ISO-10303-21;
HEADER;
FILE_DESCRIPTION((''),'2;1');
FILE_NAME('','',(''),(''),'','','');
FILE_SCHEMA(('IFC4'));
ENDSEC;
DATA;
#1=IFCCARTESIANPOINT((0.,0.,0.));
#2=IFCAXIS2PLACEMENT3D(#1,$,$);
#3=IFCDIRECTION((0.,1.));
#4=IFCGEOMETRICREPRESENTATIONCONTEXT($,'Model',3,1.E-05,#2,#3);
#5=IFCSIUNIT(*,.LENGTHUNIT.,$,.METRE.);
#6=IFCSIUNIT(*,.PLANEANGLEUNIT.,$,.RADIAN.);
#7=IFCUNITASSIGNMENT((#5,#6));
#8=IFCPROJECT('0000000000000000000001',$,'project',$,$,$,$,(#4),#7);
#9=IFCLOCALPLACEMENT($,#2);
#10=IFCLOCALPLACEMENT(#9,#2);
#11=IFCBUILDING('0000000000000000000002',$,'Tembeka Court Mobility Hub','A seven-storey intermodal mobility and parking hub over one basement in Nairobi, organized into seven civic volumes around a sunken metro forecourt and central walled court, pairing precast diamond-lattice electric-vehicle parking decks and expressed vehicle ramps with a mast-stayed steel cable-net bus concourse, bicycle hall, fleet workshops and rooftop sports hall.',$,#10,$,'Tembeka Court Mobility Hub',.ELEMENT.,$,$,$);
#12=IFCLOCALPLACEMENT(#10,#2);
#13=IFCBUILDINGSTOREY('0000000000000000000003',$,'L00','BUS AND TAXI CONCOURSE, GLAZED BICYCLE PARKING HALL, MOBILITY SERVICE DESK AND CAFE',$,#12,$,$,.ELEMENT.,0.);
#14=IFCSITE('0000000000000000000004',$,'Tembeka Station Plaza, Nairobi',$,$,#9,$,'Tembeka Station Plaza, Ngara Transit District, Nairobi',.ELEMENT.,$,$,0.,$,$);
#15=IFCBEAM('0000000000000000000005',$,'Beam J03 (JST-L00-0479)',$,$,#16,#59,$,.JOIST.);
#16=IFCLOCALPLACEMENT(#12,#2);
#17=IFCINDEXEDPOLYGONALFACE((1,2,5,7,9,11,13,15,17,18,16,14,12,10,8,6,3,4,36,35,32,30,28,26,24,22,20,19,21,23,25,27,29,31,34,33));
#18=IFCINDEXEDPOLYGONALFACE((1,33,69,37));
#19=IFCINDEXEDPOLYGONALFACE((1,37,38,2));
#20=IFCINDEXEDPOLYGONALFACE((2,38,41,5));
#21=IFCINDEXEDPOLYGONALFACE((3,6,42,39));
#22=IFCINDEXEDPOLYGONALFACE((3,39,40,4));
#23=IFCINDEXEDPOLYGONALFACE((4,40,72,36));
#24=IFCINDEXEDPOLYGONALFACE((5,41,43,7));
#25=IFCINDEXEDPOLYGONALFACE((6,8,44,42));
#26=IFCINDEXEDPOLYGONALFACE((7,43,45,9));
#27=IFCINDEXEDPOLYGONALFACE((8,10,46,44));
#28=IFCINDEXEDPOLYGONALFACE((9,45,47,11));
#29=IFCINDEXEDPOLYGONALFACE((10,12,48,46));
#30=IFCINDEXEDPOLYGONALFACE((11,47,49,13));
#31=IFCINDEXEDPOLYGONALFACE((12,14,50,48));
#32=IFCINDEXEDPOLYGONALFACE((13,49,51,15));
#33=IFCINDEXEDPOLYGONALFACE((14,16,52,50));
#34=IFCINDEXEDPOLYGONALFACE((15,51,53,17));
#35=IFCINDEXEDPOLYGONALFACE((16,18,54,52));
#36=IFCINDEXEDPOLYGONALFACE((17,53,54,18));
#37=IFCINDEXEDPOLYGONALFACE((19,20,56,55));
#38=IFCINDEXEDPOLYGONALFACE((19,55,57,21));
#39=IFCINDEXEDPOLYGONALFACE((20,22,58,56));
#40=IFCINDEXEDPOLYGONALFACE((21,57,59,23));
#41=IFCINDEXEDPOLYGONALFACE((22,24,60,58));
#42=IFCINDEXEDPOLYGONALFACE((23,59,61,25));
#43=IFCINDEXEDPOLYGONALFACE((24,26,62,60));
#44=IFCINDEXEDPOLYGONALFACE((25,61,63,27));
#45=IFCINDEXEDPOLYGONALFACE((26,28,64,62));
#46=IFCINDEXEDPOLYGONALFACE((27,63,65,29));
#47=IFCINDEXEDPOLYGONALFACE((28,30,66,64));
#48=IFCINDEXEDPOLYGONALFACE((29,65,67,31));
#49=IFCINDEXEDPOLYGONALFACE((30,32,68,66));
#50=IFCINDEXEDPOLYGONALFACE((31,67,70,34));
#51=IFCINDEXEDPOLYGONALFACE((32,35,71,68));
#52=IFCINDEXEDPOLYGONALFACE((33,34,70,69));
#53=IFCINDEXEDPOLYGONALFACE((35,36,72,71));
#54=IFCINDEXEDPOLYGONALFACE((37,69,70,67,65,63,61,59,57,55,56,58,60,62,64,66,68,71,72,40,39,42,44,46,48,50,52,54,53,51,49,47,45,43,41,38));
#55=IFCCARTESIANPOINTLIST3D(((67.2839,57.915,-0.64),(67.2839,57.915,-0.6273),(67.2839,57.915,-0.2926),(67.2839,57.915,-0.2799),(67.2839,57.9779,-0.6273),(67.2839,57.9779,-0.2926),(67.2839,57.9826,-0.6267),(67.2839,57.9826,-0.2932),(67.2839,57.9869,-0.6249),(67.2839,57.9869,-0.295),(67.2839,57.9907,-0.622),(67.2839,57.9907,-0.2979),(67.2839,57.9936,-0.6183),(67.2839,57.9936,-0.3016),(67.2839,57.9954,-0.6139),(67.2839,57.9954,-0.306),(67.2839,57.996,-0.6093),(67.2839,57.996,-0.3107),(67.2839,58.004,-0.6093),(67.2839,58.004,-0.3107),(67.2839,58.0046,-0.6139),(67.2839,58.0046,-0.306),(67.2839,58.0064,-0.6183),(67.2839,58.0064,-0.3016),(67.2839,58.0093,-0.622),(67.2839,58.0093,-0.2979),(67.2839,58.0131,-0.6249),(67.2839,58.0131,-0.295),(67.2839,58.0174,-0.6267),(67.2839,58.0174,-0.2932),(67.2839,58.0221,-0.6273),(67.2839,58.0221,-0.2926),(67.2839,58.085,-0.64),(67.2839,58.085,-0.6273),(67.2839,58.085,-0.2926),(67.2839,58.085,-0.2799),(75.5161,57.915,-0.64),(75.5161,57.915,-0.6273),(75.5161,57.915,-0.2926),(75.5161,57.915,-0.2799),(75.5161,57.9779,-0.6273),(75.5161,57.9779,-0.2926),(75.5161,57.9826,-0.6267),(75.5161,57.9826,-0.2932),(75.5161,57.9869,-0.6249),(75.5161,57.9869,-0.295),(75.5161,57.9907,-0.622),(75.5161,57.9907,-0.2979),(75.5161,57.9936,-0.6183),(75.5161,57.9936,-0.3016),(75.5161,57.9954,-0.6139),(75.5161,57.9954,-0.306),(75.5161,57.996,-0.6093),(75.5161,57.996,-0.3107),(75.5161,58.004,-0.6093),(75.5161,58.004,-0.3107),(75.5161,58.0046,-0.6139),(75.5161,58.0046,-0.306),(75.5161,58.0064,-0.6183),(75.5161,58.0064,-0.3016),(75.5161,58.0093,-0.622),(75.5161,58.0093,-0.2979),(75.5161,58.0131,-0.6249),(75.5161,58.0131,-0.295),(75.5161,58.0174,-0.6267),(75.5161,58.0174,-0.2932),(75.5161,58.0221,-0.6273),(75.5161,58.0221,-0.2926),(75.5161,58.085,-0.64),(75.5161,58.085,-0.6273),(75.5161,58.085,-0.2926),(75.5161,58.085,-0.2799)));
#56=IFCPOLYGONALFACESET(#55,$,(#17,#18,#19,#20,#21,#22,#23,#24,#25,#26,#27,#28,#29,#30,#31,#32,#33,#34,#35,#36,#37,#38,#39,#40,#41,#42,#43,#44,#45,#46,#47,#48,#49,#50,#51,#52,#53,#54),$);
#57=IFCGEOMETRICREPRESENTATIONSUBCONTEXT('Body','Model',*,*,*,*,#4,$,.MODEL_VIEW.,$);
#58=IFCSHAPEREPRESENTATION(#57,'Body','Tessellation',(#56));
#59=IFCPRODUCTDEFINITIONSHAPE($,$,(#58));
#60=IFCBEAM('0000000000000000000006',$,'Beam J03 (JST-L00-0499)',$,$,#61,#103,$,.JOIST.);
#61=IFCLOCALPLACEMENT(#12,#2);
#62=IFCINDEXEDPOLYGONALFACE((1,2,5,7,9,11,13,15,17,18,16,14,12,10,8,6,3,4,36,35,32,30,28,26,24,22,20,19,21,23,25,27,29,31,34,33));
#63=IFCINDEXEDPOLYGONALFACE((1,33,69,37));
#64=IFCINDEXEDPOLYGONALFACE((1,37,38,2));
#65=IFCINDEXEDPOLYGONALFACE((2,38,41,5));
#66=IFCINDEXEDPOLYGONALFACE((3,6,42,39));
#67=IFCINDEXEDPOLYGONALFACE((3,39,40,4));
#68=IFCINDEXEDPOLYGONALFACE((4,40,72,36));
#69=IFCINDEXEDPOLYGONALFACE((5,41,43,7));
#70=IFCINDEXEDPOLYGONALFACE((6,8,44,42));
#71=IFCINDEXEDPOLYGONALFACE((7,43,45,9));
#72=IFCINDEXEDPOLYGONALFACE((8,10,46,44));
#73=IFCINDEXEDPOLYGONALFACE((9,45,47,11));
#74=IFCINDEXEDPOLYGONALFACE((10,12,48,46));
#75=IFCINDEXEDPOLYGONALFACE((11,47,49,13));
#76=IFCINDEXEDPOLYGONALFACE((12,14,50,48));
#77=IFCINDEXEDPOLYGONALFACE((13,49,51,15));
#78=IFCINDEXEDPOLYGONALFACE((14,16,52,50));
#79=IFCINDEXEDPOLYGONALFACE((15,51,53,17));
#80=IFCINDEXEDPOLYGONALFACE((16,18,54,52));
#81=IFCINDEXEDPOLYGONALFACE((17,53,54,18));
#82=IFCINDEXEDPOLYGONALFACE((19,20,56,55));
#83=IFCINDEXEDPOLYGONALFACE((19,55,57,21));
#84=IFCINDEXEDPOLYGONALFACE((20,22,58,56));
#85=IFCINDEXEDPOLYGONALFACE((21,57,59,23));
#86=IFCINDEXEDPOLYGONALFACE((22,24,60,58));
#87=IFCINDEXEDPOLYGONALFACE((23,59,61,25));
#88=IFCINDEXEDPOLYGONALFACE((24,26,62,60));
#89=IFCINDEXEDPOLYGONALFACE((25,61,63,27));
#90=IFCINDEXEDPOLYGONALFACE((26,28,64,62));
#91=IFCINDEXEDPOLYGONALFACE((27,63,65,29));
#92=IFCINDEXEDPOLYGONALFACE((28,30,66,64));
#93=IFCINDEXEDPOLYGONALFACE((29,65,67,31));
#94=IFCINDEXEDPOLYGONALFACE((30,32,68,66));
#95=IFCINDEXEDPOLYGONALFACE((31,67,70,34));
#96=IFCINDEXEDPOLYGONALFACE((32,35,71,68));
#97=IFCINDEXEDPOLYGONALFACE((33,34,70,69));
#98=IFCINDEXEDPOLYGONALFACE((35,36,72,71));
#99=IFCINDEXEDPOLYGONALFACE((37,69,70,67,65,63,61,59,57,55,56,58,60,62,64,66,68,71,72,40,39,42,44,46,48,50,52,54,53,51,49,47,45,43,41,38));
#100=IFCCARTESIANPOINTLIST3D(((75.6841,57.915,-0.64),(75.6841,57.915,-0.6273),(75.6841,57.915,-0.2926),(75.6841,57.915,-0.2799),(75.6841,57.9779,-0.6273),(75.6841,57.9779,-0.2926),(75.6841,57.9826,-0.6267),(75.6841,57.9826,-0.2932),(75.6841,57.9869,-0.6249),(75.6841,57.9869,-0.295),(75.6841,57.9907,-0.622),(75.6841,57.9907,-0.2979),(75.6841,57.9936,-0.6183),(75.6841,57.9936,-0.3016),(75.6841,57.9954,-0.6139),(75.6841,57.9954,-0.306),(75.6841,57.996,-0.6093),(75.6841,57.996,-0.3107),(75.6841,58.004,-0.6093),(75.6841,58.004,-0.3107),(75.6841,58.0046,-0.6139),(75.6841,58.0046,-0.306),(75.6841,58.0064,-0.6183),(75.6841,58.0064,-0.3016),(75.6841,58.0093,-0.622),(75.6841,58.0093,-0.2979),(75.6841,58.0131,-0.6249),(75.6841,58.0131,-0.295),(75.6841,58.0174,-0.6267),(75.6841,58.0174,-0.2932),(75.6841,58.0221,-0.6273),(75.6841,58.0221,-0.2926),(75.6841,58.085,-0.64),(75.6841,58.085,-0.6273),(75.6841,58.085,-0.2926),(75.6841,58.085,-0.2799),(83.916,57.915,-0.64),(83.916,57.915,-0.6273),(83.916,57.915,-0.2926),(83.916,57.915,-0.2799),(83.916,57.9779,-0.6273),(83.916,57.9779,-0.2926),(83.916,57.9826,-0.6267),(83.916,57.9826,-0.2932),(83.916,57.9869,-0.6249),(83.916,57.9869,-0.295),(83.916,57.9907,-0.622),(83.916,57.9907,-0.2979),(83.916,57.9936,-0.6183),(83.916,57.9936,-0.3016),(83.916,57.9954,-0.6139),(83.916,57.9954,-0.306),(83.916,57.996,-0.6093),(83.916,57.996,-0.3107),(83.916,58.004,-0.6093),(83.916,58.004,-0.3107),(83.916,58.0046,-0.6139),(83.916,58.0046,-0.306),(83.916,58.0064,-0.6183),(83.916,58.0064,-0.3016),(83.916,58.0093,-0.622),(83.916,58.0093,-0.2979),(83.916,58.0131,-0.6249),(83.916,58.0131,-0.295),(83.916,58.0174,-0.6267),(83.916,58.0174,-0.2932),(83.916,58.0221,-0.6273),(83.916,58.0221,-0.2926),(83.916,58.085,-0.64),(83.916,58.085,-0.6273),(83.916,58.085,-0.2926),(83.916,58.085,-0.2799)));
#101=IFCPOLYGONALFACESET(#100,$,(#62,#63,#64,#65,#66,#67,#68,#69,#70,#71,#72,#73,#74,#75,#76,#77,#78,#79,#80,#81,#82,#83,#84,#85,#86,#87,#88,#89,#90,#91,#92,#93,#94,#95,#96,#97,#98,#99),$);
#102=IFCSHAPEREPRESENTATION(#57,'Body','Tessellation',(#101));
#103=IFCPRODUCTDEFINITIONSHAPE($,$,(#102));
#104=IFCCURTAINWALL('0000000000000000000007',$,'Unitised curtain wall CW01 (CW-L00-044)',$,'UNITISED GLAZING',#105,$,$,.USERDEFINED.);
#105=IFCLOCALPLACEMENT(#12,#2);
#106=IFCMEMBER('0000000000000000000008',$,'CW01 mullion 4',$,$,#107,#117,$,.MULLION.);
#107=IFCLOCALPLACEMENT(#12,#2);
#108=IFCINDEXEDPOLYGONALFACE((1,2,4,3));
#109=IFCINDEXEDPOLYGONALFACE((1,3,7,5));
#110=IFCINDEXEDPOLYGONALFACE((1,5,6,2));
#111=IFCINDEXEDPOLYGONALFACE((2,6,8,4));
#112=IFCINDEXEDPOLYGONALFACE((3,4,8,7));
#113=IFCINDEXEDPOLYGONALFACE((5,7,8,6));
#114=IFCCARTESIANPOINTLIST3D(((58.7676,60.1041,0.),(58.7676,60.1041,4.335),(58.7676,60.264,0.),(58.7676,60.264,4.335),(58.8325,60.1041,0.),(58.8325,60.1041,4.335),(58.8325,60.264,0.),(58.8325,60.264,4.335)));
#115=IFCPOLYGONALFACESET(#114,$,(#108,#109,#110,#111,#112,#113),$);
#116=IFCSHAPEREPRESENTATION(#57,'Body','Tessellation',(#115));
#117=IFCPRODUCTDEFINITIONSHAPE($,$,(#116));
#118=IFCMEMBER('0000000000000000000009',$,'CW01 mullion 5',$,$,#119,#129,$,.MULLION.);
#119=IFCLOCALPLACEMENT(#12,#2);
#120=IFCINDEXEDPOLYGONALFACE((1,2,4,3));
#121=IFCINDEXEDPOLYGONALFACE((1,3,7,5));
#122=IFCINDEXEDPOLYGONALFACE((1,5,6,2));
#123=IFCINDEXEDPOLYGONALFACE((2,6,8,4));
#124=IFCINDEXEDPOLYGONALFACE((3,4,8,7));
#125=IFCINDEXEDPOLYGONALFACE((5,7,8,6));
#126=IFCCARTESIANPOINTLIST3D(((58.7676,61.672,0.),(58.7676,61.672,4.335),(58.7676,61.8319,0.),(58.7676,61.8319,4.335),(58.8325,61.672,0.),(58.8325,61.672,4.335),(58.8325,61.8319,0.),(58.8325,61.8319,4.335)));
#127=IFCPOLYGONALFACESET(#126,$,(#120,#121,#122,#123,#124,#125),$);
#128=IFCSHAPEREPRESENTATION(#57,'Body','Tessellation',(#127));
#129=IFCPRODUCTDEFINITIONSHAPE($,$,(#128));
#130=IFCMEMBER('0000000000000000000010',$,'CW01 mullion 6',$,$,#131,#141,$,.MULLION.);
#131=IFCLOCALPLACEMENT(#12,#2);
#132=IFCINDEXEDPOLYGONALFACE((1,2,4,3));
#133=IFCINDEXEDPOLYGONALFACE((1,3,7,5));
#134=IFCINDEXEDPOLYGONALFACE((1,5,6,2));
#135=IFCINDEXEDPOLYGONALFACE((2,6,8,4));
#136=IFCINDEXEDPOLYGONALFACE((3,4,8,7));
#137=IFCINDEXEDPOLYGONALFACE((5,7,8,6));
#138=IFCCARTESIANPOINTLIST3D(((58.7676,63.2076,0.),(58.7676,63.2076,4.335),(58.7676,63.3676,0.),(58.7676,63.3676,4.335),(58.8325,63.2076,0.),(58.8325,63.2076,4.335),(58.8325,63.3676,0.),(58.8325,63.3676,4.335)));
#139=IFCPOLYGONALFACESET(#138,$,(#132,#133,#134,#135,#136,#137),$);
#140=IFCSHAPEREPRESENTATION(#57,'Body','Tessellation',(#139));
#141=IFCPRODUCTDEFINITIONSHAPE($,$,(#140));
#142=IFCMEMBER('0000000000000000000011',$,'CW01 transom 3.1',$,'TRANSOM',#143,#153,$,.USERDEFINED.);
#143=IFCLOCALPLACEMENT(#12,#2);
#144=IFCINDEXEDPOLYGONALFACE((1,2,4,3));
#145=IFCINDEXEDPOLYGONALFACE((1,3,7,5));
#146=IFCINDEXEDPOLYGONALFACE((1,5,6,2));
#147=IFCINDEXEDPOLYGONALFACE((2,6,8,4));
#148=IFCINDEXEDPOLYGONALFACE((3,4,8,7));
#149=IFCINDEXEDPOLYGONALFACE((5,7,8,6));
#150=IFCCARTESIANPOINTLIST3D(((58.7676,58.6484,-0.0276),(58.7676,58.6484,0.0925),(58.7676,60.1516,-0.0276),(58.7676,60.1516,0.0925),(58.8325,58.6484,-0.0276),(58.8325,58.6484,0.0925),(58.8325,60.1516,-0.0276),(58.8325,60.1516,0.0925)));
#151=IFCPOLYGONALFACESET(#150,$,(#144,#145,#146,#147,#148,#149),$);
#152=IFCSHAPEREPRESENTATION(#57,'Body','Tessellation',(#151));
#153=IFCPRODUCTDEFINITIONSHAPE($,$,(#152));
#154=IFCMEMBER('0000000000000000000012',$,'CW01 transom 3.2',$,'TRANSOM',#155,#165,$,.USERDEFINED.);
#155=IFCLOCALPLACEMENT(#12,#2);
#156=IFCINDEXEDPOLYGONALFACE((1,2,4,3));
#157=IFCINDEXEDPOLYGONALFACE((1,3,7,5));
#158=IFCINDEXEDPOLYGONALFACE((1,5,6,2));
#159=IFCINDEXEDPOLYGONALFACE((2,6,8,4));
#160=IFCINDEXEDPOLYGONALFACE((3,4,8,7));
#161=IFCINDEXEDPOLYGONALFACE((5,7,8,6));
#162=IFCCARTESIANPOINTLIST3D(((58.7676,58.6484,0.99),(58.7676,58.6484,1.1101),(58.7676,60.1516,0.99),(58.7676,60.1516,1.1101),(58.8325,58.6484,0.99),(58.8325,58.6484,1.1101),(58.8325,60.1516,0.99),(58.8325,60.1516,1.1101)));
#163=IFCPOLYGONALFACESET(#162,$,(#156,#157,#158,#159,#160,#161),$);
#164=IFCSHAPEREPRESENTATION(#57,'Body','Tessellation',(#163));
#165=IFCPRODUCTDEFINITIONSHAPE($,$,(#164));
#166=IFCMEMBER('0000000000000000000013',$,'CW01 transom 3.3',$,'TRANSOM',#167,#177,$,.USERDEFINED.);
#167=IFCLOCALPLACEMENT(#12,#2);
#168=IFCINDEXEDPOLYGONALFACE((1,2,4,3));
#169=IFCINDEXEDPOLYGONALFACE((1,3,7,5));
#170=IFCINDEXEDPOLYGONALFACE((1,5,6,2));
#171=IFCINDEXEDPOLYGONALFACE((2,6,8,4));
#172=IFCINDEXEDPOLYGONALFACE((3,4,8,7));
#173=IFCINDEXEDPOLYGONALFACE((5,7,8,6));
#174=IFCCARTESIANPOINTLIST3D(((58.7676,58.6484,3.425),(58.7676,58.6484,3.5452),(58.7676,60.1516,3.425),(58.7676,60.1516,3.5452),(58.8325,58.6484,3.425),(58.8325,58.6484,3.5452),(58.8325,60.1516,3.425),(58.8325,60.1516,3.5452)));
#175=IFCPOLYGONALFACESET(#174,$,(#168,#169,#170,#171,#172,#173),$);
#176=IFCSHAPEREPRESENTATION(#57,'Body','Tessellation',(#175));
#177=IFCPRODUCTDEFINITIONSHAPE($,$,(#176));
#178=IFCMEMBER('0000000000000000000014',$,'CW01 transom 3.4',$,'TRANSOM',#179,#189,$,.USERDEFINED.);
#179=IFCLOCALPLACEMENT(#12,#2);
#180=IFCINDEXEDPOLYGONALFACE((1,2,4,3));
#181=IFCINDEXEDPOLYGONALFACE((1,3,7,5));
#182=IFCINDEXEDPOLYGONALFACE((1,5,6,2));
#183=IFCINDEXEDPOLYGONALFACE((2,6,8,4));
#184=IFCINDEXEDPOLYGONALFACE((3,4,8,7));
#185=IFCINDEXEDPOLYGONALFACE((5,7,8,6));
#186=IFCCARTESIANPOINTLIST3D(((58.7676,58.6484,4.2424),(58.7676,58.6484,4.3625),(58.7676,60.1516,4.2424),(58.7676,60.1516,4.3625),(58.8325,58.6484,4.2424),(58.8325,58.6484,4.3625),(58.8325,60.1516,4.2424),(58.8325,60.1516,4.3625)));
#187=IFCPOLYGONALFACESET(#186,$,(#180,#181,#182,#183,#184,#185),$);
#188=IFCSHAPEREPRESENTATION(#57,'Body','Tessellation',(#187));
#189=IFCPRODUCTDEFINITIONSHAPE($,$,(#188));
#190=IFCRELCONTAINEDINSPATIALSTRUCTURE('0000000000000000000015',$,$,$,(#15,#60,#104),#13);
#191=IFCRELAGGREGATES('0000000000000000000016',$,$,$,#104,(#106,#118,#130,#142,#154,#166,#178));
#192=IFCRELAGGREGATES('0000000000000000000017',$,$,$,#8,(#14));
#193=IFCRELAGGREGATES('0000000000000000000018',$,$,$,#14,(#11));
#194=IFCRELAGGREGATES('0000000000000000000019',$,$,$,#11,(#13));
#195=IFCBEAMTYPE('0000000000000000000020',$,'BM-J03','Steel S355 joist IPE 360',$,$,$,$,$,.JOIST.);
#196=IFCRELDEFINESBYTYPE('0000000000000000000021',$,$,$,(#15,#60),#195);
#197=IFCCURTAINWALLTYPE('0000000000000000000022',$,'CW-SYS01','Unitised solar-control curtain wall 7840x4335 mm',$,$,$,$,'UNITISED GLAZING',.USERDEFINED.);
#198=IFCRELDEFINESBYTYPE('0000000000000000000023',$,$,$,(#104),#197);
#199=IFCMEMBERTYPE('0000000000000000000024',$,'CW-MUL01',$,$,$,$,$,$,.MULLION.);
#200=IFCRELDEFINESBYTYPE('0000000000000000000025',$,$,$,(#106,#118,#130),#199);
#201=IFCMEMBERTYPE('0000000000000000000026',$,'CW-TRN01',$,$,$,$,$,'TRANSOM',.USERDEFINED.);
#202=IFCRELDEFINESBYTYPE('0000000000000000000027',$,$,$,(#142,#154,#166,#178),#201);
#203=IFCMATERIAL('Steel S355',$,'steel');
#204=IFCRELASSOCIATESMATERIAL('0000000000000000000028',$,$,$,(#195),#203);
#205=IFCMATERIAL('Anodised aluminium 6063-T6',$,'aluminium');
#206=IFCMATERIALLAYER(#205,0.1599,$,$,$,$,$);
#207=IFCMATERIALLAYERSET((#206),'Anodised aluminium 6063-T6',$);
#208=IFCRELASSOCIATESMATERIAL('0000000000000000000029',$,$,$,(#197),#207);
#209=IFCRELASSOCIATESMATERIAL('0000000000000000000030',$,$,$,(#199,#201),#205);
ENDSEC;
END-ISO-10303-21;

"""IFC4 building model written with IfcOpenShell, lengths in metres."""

from ifc_helpers import new_model, si_unit, direction, frame, origin, origin_2d, place, context, subcontext, project, spatial, rectangle, i_section, extrude, material, layer, layer_set, material_profile, profile_set, type_object, element, aggregate, save


model = new_model("IFC4")

# Units and contexts
model_context = context("Model", 3, precision=1e-05, world=origin(), true_north=direction((0.0, 1.0)))
body_context = subcontext(model_context, "Body", "Model", "MODEL_VIEW")
ifc_project = project(units=[si_unit("LENGTHUNIT", "METRE"), si_unit("PLANEANGLEUNIT", "RADIAN")], contexts=[model_context])

# Site, building, storey
site_placement = place(None, origin())
site = spatial("IfcSite", under=ifc_project, at=site_placement, Name="Tembeka Station Plaza, Nairobi", LongName="Tembeka Station Plaza, Ngara Transit District, Nairobi", CompositionType="ELEMENT", RefElevation=0.0)
building_placement = place(site_placement, origin())
building = spatial("IfcBuilding", under=site, at=building_placement, Name="Tembeka Court Mobility Hub", Description="A seven-storey intermodal mobility and parking hub over one basement in Nairobi, organized into seven civic volumes around a sunken metro forecourt and central walled court, pairing precast diamond-lattice electric-vehicle parking decks and expressed vehicle ramps with a mast-stayed steel cable-net bus concourse, bicycle hall, fleet workshops and rooftop sports hall.", LongName="Tembeka Court Mobility Hub", CompositionType="ELEMENT")
storey_placement = place(building_placement, origin())
storey = spatial("IfcBuildingStorey", under=building, at=storey_placement, Name="L00", Description="BUS AND TAXI CONCOURSE, GLAZED BICYCLE PARKING HALL, MOBILITY SERVICE DESK AND CAFE", CompositionType="ELEMENT", Elevation=0.0)

# Beams
ifc_material_1 = material(Name="Steel S355", Category="steel")
ifc_material_profile_1 = material_profile(ifc_material_1, i_section(OverallWidth=0.1699, OverallDepth=0.3601, WebThickness=0.0081, FlangeThickness=0.0127, FilletRadius=0.0181, at=origin_2d()), Name="IPE 360")
ifc_profile_set_1 = profile_set([ifc_material_profile_1], Name="Steel S355")
beam_type_1 = type_object("IfcBeamType", Name="BM-J03", Description="Steel S355 joist IPE 360", PredefinedType="JOIST", material=ifc_profile_set_1)
beam_1_placement = place(storey_placement, frame((67.2839, 58.0, -0.46), z_axis=(1.0, 0.0, 0.0), x_axis=(0.0, 1.0, 0.0)))
element("IfcBeam", 1, at=beam_1_placement, inside=storey, type_object=beam_type_1, Name="Beam J03 (JST-L00-0479)", PredefinedType="JOIST", context=body_context, shape_type="SweptSolid", body=[
    extrude(i_section(OverallWidth=0.1699, OverallDepth=0.3601, WebThickness=0.0081, FlangeThickness=0.0127, FilletRadius=0.0181, at=origin_2d()), origin(), (0.0, 0.0, 1.0), 8.2322),
])
beam_2_placement = place(storey_placement, frame((75.6841, 58.0, -0.46), z_axis=(1.0, 0.0, 0.0), x_axis=(0.0, 1.0, 0.0)))
element("IfcBeam", 2, at=beam_2_placement, inside=storey, type_object=beam_type_1, Name="Beam J03 (JST-L00-0499)", PredefinedType="JOIST", context=body_context, shape_type="SweptSolid", body=[
    extrude(i_section(OverallWidth=0.1699, OverallDepth=0.3601, WebThickness=0.0081, FlangeThickness=0.0127, FilletRadius=0.0181, at=origin_2d()), origin(), (0.0, 0.0, 1.0), 8.2319),
])

# Curtain wall, members
ifc_material_2 = material(Name="Anodised aluminium 6063-T6", Category="aluminium")
ifc_layer_1 = layer(ifc_material_2, 0.1599)
ifc_layer_set_1 = layer_set([ifc_layer_1], Name="Anodised aluminium 6063-T6")
curtain_wall_type = type_object("IfcCurtainWallType", Name="CW-SYS01", Description="Unitised solar-control curtain wall 7840x4335 mm", ElementType="UNITISED GLAZING", PredefinedType="USERDEFINED", material=ifc_layer_set_1)
curtain_wall_placement = place(storey_placement, origin())
curtain_wall = element("IfcCurtainWall", 3, at=curtain_wall_placement, inside=storey, type_object=curtain_wall_type, Name="Unitised curtain wall CW01 (CW-L00-044)", ObjectType="UNITISED GLAZING", PredefinedType="USERDEFINED")
ifc_material_profile_2 = material_profile(ifc_material_2, rectangle(XDim=0.0649, YDim=0.1599, at=origin_2d()), Name="ALU-MUL 65x160")
ifc_profile_set_2 = profile_set([ifc_material_profile_2], Name="Anodised aluminium 6063-T6")
member_type_1 = type_object("IfcMemberType", Name="CW-MUL01", PredefinedType="MULLION", material=ifc_profile_set_2)
member_1_placement = place(storey_placement, frame((58.8, 60.1841, 0.0), z_axis=(0.0, 0.0, 1.0), x_axis=(-1.0, 0.0, 0.0)))
member_1 = element("IfcMember", 4, at=member_1_placement, type_object=member_type_1, Name="CW01 mullion 4", PredefinedType="MULLION", context=body_context, shape_type="SweptSolid", body=[
    extrude(rectangle(XDim=0.0649, YDim=0.1599, at=origin_2d()), origin(), (0.0, 0.0, 1.0), 4.335),
])
member_2_placement = place(storey_placement, frame((58.8, 61.752, 0.0), z_axis=(0.0, 0.0, 1.0), x_axis=(-1.0, 0.0, 0.0)))
member_2 = element("IfcMember", 5, at=member_2_placement, type_object=member_type_1, Name="CW01 mullion 5", PredefinedType="MULLION", context=body_context, shape_type="SweptSolid", body=[
    extrude(rectangle(XDim=0.0649, YDim=0.1599, at=origin_2d()), origin(), (0.0, 0.0, 1.0), 4.335),
])
member_3_placement = place(storey_placement, frame((58.8, 63.2876, 0.0), z_axis=(0.0, 0.0, 1.0), x_axis=(-1.0, 0.0, 0.0)))
member_3 = element("IfcMember", 6, at=member_3_placement, type_object=member_type_1, Name="CW01 mullion 6", PredefinedType="MULLION", context=body_context, shape_type="SweptSolid", body=[
    extrude(rectangle(XDim=0.0649, YDim=0.1599, at=origin_2d()), origin(), (0.0, 0.0, 1.0), 4.335),
])
ifc_material_profile_3 = material_profile(ifc_material_2, rectangle(XDim=0.0649, YDim=0.1201, at=origin_2d()), Name="ALU-TRN 65x120")
ifc_profile_set_3 = profile_set([ifc_material_profile_3], Name="Anodised aluminium 6063-T6")
member_type_2 = type_object("IfcMemberType", Name="CW-TRN01", ElementType="TRANSOM", PredefinedType="USERDEFINED", material=ifc_profile_set_3)
member_4_placement = place(storey_placement, frame((58.8, 58.6484, 0.0325), z_axis=(0.0, 1.0, 0.0), x_axis=(-1.0, 0.0, 0.0)))
member_4 = element("IfcMember", 7, at=member_4_placement, type_object=member_type_2, Name="CW01 transom 3.1", ObjectType="TRANSOM", PredefinedType="USERDEFINED", context=body_context, shape_type="SweptSolid", body=[
    extrude(rectangle(XDim=0.0649, YDim=0.1201, at=origin_2d()), origin(), (0.0, 0.0, 1.0), 1.5032),
])
member_5_placement = place(storey_placement, frame((58.8, 58.6484, 1.05), z_axis=(0.0, 1.0, 0.0), x_axis=(-1.0, 0.0, 0.0)))
member_5 = element("IfcMember", 8, at=member_5_placement, type_object=member_type_2, Name="CW01 transom 3.2", ObjectType="TRANSOM", PredefinedType="USERDEFINED", context=body_context, shape_type="SweptSolid", body=[
    extrude(rectangle(XDim=0.0649, YDim=0.1201, at=origin_2d()), origin(), (0.0, 0.0, 1.0), 1.5032),
])
member_6_placement = place(storey_placement, frame((58.8, 58.6484, 3.4851), z_axis=(0.0, 1.0, 0.0), x_axis=(-1.0, 0.0, 0.0)))
member_6 = element("IfcMember", 9, at=member_6_placement, type_object=member_type_2, Name="CW01 transom 3.3", ObjectType="TRANSOM", PredefinedType="USERDEFINED", context=body_context, shape_type="SweptSolid", body=[
    extrude(rectangle(XDim=0.0649, YDim=0.1201, at=origin_2d()), origin(), (0.0, 0.0, 1.0), 1.5032),
])
member_7_placement = place(storey_placement, frame((58.8, 58.6484, 4.3025), z_axis=(0.0, 1.0, 0.0), x_axis=(-1.0, 0.0, 0.0)))
member_7 = element("IfcMember", 10, at=member_7_placement, type_object=member_type_2, Name="CW01 transom 3.4", ObjectType="TRANSOM", PredefinedType="USERDEFINED", context=body_context, shape_type="SweptSolid", body=[
    extrude(rectangle(XDim=0.0649, YDim=0.1201, at=origin_2d()), origin(), (0.0, 0.0, 1.0), 1.5032),
])
aggregate(curtain_wall, [member_1, member_2, member_3, member_4, member_5, member_6, member_7])

save(model, "model.ifc")
